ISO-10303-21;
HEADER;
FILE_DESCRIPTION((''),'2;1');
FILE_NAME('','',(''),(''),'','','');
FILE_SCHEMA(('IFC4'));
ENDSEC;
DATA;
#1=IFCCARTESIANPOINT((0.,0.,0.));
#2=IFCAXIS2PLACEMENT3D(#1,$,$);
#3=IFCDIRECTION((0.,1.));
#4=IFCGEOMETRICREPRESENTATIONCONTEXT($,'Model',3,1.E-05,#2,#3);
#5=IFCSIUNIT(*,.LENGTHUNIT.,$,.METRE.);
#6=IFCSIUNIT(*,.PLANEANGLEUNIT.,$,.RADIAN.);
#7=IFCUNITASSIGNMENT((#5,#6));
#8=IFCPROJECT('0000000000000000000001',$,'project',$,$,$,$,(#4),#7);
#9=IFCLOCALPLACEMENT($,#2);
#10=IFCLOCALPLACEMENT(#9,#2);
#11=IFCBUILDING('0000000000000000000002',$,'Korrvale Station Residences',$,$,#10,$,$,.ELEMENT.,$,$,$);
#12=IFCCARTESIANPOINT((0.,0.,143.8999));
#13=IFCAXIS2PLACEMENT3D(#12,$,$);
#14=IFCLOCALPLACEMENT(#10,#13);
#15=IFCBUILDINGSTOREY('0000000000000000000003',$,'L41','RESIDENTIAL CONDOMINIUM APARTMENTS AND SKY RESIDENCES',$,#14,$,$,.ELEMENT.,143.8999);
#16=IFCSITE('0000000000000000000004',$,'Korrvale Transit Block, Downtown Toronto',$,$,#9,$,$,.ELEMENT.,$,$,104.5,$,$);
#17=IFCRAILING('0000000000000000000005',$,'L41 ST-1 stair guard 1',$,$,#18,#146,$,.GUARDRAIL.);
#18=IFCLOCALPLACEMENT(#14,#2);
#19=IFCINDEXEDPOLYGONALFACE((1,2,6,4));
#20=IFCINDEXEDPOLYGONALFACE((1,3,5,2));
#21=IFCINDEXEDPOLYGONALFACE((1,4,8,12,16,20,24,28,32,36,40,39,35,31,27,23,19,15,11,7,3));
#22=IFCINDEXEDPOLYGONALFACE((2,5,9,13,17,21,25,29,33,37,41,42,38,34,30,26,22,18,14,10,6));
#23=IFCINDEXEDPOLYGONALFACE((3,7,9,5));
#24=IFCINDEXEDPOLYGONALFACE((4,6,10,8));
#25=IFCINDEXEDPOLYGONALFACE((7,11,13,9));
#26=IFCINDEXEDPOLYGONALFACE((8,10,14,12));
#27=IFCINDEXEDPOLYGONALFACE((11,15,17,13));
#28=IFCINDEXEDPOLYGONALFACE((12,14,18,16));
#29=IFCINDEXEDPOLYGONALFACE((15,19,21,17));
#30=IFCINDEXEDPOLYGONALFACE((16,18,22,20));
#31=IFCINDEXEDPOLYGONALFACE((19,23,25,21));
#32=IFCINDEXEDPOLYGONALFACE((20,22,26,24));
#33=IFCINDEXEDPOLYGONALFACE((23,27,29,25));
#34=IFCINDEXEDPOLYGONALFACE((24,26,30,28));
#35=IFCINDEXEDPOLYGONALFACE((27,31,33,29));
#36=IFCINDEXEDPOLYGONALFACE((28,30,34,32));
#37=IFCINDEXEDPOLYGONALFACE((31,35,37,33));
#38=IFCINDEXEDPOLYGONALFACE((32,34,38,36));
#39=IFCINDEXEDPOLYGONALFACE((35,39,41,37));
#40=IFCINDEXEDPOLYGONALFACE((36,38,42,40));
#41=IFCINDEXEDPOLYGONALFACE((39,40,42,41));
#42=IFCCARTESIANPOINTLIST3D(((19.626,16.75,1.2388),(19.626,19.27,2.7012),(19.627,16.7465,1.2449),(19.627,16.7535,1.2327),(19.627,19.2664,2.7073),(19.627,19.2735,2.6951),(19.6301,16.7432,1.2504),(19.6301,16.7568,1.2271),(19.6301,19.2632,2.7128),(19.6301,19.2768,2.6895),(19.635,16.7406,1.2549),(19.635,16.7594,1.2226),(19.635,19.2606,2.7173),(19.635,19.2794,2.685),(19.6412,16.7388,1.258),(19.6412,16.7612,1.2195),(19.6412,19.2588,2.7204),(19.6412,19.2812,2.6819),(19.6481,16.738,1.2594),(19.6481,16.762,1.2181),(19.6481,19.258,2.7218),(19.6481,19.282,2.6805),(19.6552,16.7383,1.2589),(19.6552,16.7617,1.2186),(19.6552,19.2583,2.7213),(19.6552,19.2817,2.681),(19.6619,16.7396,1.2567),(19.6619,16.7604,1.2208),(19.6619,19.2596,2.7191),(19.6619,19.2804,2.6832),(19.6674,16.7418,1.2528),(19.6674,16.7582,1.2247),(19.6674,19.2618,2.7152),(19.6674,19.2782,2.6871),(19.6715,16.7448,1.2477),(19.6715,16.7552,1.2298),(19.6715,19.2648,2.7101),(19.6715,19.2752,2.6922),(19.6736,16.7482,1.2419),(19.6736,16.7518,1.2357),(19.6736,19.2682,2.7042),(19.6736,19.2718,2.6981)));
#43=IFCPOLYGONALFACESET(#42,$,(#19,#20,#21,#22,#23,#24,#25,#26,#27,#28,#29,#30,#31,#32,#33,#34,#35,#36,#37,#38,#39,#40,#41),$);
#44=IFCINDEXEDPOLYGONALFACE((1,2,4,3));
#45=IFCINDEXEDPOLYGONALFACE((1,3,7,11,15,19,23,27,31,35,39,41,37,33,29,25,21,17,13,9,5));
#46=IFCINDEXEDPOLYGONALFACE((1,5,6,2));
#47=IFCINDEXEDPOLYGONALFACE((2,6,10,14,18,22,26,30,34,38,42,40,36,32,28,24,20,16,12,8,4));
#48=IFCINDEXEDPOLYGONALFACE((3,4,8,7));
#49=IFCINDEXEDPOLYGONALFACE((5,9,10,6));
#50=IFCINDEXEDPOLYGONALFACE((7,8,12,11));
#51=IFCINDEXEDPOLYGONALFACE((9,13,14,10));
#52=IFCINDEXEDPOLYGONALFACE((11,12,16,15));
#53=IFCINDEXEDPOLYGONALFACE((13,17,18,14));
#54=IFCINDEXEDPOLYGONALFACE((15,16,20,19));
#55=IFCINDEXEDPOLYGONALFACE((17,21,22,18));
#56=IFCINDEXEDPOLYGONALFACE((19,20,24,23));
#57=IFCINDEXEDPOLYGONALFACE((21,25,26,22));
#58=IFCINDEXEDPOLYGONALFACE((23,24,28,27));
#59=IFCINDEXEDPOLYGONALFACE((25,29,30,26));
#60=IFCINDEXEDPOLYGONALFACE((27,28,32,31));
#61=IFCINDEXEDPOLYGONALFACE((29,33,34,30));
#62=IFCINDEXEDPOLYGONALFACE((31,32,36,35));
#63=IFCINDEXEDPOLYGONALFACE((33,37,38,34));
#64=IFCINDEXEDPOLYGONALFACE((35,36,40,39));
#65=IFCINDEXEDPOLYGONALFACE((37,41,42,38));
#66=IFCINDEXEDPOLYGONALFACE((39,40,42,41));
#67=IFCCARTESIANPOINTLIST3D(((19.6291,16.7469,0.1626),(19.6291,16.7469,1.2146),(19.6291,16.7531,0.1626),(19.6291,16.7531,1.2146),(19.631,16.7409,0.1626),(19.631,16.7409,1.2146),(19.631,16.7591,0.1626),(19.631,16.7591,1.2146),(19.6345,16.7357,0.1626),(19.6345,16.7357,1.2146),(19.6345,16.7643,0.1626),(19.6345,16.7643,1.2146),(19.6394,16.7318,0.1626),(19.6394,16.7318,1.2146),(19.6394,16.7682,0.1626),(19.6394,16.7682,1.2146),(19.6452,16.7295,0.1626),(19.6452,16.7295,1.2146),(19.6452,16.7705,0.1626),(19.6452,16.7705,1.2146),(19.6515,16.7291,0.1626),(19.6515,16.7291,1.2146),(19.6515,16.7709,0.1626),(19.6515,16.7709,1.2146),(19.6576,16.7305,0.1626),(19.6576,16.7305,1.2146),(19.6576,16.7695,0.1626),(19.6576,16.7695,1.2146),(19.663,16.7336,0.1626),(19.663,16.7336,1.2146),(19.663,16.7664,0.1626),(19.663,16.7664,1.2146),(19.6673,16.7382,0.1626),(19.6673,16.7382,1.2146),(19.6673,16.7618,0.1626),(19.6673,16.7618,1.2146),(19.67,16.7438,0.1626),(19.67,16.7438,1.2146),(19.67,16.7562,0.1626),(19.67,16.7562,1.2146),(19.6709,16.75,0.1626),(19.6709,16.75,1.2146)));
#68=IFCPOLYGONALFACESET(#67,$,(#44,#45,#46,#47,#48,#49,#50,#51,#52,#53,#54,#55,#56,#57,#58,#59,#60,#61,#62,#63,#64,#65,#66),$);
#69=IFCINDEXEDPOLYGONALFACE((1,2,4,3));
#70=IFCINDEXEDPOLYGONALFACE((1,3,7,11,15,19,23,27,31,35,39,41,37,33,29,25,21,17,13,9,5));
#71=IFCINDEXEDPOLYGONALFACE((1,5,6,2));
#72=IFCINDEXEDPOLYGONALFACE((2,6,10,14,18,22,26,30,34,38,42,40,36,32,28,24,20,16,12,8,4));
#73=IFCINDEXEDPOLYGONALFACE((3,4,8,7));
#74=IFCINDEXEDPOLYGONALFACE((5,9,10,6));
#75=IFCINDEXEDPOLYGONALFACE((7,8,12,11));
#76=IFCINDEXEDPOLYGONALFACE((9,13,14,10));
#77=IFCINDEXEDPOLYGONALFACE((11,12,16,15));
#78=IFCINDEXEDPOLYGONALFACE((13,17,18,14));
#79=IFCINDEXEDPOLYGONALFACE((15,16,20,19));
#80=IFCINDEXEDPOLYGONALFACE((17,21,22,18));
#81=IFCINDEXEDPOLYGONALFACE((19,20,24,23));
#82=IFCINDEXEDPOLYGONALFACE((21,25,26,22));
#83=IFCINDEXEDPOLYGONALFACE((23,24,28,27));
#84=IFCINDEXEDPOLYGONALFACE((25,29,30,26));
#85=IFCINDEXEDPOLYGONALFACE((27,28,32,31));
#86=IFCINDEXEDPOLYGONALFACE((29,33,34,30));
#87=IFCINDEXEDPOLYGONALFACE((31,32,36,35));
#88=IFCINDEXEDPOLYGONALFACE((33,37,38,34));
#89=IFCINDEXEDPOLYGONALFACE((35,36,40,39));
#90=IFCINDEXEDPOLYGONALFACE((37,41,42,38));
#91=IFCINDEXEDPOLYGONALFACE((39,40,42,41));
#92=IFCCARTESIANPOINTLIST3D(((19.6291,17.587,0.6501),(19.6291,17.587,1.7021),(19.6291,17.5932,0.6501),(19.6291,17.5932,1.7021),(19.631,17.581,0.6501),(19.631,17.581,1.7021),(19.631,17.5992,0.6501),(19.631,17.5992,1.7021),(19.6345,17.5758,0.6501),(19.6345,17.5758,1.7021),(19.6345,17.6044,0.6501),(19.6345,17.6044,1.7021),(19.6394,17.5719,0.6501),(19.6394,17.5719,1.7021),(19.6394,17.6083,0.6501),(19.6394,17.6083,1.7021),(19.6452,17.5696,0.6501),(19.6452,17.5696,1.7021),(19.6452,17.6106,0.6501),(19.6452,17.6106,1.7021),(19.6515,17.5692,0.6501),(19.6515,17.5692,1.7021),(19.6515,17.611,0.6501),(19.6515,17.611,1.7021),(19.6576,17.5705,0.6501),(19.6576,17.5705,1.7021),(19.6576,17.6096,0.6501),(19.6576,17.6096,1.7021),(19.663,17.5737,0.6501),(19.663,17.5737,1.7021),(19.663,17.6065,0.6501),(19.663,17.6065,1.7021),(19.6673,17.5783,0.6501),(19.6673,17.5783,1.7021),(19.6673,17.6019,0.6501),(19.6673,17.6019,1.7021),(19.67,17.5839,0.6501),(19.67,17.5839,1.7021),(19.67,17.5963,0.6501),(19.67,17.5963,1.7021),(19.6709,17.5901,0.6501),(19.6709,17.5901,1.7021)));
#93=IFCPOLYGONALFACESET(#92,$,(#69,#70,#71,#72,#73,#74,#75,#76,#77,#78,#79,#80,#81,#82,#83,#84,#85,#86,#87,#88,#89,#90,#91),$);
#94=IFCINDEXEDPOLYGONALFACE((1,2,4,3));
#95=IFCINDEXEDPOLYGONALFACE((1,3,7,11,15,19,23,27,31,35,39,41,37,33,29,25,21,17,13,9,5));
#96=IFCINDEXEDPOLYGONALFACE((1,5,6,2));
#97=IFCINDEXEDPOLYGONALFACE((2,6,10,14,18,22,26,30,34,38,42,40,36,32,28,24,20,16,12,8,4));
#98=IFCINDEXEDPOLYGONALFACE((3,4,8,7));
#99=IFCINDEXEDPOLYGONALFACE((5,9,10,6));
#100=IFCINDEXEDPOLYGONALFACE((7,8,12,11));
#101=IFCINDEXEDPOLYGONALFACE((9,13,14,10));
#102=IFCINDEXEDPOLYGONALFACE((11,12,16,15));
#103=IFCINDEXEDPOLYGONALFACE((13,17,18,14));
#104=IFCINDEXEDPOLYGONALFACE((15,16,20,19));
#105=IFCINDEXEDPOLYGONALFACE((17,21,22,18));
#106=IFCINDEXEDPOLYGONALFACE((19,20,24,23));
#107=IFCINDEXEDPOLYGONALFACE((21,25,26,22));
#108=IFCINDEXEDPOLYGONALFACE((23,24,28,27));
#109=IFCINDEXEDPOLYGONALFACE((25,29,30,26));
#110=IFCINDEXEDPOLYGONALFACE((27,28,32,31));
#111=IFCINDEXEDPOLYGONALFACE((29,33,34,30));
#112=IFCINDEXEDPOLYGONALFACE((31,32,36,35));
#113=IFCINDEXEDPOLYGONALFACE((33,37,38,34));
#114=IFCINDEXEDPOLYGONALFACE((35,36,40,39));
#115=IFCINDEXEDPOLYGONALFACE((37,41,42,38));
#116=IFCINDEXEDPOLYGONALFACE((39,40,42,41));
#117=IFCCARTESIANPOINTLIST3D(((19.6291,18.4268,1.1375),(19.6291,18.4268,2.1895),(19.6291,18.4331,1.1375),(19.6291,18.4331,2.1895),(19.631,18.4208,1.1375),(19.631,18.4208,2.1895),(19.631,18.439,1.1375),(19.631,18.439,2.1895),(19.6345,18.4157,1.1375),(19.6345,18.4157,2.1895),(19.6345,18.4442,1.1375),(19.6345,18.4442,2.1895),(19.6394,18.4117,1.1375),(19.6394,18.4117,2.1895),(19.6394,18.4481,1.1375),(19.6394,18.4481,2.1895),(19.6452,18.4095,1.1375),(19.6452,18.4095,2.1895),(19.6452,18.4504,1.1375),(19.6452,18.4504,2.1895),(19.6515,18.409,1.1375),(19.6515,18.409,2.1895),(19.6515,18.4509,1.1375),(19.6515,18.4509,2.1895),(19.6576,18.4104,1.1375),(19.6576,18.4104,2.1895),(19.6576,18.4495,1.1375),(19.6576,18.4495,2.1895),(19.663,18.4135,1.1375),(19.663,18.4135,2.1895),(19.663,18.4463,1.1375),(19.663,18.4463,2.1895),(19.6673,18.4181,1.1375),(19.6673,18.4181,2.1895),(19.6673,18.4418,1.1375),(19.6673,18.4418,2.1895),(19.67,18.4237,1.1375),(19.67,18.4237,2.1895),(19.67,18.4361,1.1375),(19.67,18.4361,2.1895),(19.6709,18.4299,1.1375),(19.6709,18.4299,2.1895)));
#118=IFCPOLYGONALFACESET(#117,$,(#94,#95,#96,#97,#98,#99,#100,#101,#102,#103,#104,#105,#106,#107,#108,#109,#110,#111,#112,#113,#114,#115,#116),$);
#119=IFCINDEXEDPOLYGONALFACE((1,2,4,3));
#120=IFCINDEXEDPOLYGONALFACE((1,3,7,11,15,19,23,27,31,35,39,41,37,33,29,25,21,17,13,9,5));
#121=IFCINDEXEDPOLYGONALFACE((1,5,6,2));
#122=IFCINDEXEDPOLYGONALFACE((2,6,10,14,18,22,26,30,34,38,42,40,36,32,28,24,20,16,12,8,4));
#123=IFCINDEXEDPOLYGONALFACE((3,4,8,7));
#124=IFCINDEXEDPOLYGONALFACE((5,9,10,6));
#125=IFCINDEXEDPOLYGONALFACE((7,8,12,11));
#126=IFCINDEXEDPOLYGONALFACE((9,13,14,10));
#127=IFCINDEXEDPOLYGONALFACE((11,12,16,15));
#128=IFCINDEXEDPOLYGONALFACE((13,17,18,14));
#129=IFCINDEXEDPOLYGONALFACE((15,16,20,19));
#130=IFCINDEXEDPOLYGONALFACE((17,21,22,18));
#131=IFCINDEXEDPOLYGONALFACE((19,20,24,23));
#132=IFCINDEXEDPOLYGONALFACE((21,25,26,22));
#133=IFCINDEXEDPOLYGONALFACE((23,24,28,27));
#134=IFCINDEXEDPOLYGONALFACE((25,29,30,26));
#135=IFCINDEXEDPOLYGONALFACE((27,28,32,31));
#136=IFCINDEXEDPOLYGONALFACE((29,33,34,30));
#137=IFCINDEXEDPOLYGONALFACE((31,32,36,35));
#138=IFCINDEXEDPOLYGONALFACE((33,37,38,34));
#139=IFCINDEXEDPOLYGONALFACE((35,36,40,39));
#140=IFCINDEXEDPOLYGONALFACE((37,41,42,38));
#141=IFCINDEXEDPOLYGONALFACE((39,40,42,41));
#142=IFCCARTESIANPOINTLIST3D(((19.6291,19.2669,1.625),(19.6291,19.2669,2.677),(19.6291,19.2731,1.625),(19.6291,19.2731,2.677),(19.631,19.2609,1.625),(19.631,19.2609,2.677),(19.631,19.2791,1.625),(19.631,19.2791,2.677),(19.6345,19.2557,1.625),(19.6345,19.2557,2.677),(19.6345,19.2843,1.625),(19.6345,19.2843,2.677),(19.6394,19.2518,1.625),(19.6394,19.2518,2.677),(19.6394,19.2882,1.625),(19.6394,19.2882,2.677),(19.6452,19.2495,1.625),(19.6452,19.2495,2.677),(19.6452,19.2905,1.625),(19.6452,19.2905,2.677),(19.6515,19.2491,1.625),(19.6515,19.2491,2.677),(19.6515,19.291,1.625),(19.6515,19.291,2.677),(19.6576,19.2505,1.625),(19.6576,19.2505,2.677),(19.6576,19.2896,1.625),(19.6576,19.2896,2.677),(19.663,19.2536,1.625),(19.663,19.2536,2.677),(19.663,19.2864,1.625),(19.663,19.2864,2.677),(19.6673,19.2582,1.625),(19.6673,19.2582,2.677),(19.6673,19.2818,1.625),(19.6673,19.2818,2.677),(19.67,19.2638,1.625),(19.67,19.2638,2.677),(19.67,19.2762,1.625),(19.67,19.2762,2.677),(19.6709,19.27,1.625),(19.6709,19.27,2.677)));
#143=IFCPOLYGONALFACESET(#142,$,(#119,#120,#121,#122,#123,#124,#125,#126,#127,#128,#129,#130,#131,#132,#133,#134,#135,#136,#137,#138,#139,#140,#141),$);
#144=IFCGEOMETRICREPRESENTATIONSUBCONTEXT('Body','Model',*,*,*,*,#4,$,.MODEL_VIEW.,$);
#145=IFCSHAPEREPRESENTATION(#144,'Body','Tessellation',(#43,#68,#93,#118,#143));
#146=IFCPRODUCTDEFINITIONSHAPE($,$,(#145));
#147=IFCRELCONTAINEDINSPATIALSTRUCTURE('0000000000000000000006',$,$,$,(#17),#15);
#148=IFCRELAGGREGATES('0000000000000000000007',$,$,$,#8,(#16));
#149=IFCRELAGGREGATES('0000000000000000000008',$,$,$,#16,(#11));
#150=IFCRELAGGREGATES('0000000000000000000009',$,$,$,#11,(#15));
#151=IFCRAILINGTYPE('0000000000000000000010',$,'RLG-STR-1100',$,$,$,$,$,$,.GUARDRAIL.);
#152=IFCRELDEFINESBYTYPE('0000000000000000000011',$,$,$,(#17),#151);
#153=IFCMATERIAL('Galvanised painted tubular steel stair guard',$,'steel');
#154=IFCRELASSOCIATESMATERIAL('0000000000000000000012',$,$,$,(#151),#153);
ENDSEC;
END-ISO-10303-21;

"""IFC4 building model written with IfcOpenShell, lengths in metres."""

from ifc_helpers import new_model, si_unit, direction, frame, origin, origin_2d, place, context, subcontext, project, spatial, circle, extrude, material, type_object, element, save


model = new_model("IFC4")

# Units and contexts
model_context = context("Model", 3, precision=1e-05, world=origin(), true_north=direction((0.0, 1.0)))
body_context = subcontext(model_context, "Body", "Model", "MODEL_VIEW")
ifc_project = project(units=[si_unit("LENGTHUNIT", "METRE"), si_unit("PLANEANGLEUNIT", "RADIAN")], contexts=[model_context])

# Site, building, storey
site_placement = place(None, origin())
site = spatial("IfcSite", under=ifc_project, at=site_placement, Name="Korrvale Transit Block, Downtown Toronto", CompositionType="ELEMENT", RefElevation=104.5)
building_placement = place(site_placement, origin())
building = spatial("IfcBuilding", under=site, at=building_placement, Name="Korrvale Station Residences", CompositionType="ELEMENT")
storey_placement = place(building_placement, frame((0.0, 0.0, 143.8999)))
storey = spatial("IfcBuildingStorey", under=building, at=storey_placement, Name="L41", Description="RESIDENTIAL CONDOMINIUM APARTMENTS AND SKY RESIDENCES", CompositionType="ELEMENT", Elevation=143.8999)

# Railing
ifc_material_1 = material(Name="Galvanised painted tubular steel stair guard", Category="steel")
railing_type_1 = type_object("IfcRailingType", Name="RLG-STR-1100", PredefinedType="GUARDRAIL", material=ifc_material_1)
railing_1_placement = place(storey_placement, frame((19.6499, 16.75, 0.1626)))
element("IfcRailing", 1, at=railing_1_placement, inside=storey, type_object=railing_type_1, Name="L41 ST-1 stair guard 1", PredefinedType="GUARDRAIL", context=body_context, shape_type="SweptSolid", body=[
    extrude(circle(Radius=0.0239, at=origin_2d()), frame((0.0, 0.0, 1.0762), z_axis=(0.0, 0.864913, 0.501921), x_axis=(-1.0, 0.0, 0.0)), (0.0, 0.0, 1.0), 2.9136),
    extrude(circle(Radius=0.021, at=origin_2d()), origin(), (0.0, 0.0, 1.0), 1.052),
    extrude(circle(Radius=0.021, at=origin_2d()), frame((0.0, 0.8401, 0.4875)), (0.0, 0.0, 1.0), 1.052),
    extrude(circle(Radius=0.021, at=origin_2d()), frame((0.0, 1.6799, 0.9749)), (0.0, 0.0, 1.0), 1.052),
    extrude(circle(Radius=0.021, at=origin_2d()), frame((0.0, 2.52, 1.4624)), (0.0, 0.0, 1.0), 1.052),
])

save(model, "model.ifc")
